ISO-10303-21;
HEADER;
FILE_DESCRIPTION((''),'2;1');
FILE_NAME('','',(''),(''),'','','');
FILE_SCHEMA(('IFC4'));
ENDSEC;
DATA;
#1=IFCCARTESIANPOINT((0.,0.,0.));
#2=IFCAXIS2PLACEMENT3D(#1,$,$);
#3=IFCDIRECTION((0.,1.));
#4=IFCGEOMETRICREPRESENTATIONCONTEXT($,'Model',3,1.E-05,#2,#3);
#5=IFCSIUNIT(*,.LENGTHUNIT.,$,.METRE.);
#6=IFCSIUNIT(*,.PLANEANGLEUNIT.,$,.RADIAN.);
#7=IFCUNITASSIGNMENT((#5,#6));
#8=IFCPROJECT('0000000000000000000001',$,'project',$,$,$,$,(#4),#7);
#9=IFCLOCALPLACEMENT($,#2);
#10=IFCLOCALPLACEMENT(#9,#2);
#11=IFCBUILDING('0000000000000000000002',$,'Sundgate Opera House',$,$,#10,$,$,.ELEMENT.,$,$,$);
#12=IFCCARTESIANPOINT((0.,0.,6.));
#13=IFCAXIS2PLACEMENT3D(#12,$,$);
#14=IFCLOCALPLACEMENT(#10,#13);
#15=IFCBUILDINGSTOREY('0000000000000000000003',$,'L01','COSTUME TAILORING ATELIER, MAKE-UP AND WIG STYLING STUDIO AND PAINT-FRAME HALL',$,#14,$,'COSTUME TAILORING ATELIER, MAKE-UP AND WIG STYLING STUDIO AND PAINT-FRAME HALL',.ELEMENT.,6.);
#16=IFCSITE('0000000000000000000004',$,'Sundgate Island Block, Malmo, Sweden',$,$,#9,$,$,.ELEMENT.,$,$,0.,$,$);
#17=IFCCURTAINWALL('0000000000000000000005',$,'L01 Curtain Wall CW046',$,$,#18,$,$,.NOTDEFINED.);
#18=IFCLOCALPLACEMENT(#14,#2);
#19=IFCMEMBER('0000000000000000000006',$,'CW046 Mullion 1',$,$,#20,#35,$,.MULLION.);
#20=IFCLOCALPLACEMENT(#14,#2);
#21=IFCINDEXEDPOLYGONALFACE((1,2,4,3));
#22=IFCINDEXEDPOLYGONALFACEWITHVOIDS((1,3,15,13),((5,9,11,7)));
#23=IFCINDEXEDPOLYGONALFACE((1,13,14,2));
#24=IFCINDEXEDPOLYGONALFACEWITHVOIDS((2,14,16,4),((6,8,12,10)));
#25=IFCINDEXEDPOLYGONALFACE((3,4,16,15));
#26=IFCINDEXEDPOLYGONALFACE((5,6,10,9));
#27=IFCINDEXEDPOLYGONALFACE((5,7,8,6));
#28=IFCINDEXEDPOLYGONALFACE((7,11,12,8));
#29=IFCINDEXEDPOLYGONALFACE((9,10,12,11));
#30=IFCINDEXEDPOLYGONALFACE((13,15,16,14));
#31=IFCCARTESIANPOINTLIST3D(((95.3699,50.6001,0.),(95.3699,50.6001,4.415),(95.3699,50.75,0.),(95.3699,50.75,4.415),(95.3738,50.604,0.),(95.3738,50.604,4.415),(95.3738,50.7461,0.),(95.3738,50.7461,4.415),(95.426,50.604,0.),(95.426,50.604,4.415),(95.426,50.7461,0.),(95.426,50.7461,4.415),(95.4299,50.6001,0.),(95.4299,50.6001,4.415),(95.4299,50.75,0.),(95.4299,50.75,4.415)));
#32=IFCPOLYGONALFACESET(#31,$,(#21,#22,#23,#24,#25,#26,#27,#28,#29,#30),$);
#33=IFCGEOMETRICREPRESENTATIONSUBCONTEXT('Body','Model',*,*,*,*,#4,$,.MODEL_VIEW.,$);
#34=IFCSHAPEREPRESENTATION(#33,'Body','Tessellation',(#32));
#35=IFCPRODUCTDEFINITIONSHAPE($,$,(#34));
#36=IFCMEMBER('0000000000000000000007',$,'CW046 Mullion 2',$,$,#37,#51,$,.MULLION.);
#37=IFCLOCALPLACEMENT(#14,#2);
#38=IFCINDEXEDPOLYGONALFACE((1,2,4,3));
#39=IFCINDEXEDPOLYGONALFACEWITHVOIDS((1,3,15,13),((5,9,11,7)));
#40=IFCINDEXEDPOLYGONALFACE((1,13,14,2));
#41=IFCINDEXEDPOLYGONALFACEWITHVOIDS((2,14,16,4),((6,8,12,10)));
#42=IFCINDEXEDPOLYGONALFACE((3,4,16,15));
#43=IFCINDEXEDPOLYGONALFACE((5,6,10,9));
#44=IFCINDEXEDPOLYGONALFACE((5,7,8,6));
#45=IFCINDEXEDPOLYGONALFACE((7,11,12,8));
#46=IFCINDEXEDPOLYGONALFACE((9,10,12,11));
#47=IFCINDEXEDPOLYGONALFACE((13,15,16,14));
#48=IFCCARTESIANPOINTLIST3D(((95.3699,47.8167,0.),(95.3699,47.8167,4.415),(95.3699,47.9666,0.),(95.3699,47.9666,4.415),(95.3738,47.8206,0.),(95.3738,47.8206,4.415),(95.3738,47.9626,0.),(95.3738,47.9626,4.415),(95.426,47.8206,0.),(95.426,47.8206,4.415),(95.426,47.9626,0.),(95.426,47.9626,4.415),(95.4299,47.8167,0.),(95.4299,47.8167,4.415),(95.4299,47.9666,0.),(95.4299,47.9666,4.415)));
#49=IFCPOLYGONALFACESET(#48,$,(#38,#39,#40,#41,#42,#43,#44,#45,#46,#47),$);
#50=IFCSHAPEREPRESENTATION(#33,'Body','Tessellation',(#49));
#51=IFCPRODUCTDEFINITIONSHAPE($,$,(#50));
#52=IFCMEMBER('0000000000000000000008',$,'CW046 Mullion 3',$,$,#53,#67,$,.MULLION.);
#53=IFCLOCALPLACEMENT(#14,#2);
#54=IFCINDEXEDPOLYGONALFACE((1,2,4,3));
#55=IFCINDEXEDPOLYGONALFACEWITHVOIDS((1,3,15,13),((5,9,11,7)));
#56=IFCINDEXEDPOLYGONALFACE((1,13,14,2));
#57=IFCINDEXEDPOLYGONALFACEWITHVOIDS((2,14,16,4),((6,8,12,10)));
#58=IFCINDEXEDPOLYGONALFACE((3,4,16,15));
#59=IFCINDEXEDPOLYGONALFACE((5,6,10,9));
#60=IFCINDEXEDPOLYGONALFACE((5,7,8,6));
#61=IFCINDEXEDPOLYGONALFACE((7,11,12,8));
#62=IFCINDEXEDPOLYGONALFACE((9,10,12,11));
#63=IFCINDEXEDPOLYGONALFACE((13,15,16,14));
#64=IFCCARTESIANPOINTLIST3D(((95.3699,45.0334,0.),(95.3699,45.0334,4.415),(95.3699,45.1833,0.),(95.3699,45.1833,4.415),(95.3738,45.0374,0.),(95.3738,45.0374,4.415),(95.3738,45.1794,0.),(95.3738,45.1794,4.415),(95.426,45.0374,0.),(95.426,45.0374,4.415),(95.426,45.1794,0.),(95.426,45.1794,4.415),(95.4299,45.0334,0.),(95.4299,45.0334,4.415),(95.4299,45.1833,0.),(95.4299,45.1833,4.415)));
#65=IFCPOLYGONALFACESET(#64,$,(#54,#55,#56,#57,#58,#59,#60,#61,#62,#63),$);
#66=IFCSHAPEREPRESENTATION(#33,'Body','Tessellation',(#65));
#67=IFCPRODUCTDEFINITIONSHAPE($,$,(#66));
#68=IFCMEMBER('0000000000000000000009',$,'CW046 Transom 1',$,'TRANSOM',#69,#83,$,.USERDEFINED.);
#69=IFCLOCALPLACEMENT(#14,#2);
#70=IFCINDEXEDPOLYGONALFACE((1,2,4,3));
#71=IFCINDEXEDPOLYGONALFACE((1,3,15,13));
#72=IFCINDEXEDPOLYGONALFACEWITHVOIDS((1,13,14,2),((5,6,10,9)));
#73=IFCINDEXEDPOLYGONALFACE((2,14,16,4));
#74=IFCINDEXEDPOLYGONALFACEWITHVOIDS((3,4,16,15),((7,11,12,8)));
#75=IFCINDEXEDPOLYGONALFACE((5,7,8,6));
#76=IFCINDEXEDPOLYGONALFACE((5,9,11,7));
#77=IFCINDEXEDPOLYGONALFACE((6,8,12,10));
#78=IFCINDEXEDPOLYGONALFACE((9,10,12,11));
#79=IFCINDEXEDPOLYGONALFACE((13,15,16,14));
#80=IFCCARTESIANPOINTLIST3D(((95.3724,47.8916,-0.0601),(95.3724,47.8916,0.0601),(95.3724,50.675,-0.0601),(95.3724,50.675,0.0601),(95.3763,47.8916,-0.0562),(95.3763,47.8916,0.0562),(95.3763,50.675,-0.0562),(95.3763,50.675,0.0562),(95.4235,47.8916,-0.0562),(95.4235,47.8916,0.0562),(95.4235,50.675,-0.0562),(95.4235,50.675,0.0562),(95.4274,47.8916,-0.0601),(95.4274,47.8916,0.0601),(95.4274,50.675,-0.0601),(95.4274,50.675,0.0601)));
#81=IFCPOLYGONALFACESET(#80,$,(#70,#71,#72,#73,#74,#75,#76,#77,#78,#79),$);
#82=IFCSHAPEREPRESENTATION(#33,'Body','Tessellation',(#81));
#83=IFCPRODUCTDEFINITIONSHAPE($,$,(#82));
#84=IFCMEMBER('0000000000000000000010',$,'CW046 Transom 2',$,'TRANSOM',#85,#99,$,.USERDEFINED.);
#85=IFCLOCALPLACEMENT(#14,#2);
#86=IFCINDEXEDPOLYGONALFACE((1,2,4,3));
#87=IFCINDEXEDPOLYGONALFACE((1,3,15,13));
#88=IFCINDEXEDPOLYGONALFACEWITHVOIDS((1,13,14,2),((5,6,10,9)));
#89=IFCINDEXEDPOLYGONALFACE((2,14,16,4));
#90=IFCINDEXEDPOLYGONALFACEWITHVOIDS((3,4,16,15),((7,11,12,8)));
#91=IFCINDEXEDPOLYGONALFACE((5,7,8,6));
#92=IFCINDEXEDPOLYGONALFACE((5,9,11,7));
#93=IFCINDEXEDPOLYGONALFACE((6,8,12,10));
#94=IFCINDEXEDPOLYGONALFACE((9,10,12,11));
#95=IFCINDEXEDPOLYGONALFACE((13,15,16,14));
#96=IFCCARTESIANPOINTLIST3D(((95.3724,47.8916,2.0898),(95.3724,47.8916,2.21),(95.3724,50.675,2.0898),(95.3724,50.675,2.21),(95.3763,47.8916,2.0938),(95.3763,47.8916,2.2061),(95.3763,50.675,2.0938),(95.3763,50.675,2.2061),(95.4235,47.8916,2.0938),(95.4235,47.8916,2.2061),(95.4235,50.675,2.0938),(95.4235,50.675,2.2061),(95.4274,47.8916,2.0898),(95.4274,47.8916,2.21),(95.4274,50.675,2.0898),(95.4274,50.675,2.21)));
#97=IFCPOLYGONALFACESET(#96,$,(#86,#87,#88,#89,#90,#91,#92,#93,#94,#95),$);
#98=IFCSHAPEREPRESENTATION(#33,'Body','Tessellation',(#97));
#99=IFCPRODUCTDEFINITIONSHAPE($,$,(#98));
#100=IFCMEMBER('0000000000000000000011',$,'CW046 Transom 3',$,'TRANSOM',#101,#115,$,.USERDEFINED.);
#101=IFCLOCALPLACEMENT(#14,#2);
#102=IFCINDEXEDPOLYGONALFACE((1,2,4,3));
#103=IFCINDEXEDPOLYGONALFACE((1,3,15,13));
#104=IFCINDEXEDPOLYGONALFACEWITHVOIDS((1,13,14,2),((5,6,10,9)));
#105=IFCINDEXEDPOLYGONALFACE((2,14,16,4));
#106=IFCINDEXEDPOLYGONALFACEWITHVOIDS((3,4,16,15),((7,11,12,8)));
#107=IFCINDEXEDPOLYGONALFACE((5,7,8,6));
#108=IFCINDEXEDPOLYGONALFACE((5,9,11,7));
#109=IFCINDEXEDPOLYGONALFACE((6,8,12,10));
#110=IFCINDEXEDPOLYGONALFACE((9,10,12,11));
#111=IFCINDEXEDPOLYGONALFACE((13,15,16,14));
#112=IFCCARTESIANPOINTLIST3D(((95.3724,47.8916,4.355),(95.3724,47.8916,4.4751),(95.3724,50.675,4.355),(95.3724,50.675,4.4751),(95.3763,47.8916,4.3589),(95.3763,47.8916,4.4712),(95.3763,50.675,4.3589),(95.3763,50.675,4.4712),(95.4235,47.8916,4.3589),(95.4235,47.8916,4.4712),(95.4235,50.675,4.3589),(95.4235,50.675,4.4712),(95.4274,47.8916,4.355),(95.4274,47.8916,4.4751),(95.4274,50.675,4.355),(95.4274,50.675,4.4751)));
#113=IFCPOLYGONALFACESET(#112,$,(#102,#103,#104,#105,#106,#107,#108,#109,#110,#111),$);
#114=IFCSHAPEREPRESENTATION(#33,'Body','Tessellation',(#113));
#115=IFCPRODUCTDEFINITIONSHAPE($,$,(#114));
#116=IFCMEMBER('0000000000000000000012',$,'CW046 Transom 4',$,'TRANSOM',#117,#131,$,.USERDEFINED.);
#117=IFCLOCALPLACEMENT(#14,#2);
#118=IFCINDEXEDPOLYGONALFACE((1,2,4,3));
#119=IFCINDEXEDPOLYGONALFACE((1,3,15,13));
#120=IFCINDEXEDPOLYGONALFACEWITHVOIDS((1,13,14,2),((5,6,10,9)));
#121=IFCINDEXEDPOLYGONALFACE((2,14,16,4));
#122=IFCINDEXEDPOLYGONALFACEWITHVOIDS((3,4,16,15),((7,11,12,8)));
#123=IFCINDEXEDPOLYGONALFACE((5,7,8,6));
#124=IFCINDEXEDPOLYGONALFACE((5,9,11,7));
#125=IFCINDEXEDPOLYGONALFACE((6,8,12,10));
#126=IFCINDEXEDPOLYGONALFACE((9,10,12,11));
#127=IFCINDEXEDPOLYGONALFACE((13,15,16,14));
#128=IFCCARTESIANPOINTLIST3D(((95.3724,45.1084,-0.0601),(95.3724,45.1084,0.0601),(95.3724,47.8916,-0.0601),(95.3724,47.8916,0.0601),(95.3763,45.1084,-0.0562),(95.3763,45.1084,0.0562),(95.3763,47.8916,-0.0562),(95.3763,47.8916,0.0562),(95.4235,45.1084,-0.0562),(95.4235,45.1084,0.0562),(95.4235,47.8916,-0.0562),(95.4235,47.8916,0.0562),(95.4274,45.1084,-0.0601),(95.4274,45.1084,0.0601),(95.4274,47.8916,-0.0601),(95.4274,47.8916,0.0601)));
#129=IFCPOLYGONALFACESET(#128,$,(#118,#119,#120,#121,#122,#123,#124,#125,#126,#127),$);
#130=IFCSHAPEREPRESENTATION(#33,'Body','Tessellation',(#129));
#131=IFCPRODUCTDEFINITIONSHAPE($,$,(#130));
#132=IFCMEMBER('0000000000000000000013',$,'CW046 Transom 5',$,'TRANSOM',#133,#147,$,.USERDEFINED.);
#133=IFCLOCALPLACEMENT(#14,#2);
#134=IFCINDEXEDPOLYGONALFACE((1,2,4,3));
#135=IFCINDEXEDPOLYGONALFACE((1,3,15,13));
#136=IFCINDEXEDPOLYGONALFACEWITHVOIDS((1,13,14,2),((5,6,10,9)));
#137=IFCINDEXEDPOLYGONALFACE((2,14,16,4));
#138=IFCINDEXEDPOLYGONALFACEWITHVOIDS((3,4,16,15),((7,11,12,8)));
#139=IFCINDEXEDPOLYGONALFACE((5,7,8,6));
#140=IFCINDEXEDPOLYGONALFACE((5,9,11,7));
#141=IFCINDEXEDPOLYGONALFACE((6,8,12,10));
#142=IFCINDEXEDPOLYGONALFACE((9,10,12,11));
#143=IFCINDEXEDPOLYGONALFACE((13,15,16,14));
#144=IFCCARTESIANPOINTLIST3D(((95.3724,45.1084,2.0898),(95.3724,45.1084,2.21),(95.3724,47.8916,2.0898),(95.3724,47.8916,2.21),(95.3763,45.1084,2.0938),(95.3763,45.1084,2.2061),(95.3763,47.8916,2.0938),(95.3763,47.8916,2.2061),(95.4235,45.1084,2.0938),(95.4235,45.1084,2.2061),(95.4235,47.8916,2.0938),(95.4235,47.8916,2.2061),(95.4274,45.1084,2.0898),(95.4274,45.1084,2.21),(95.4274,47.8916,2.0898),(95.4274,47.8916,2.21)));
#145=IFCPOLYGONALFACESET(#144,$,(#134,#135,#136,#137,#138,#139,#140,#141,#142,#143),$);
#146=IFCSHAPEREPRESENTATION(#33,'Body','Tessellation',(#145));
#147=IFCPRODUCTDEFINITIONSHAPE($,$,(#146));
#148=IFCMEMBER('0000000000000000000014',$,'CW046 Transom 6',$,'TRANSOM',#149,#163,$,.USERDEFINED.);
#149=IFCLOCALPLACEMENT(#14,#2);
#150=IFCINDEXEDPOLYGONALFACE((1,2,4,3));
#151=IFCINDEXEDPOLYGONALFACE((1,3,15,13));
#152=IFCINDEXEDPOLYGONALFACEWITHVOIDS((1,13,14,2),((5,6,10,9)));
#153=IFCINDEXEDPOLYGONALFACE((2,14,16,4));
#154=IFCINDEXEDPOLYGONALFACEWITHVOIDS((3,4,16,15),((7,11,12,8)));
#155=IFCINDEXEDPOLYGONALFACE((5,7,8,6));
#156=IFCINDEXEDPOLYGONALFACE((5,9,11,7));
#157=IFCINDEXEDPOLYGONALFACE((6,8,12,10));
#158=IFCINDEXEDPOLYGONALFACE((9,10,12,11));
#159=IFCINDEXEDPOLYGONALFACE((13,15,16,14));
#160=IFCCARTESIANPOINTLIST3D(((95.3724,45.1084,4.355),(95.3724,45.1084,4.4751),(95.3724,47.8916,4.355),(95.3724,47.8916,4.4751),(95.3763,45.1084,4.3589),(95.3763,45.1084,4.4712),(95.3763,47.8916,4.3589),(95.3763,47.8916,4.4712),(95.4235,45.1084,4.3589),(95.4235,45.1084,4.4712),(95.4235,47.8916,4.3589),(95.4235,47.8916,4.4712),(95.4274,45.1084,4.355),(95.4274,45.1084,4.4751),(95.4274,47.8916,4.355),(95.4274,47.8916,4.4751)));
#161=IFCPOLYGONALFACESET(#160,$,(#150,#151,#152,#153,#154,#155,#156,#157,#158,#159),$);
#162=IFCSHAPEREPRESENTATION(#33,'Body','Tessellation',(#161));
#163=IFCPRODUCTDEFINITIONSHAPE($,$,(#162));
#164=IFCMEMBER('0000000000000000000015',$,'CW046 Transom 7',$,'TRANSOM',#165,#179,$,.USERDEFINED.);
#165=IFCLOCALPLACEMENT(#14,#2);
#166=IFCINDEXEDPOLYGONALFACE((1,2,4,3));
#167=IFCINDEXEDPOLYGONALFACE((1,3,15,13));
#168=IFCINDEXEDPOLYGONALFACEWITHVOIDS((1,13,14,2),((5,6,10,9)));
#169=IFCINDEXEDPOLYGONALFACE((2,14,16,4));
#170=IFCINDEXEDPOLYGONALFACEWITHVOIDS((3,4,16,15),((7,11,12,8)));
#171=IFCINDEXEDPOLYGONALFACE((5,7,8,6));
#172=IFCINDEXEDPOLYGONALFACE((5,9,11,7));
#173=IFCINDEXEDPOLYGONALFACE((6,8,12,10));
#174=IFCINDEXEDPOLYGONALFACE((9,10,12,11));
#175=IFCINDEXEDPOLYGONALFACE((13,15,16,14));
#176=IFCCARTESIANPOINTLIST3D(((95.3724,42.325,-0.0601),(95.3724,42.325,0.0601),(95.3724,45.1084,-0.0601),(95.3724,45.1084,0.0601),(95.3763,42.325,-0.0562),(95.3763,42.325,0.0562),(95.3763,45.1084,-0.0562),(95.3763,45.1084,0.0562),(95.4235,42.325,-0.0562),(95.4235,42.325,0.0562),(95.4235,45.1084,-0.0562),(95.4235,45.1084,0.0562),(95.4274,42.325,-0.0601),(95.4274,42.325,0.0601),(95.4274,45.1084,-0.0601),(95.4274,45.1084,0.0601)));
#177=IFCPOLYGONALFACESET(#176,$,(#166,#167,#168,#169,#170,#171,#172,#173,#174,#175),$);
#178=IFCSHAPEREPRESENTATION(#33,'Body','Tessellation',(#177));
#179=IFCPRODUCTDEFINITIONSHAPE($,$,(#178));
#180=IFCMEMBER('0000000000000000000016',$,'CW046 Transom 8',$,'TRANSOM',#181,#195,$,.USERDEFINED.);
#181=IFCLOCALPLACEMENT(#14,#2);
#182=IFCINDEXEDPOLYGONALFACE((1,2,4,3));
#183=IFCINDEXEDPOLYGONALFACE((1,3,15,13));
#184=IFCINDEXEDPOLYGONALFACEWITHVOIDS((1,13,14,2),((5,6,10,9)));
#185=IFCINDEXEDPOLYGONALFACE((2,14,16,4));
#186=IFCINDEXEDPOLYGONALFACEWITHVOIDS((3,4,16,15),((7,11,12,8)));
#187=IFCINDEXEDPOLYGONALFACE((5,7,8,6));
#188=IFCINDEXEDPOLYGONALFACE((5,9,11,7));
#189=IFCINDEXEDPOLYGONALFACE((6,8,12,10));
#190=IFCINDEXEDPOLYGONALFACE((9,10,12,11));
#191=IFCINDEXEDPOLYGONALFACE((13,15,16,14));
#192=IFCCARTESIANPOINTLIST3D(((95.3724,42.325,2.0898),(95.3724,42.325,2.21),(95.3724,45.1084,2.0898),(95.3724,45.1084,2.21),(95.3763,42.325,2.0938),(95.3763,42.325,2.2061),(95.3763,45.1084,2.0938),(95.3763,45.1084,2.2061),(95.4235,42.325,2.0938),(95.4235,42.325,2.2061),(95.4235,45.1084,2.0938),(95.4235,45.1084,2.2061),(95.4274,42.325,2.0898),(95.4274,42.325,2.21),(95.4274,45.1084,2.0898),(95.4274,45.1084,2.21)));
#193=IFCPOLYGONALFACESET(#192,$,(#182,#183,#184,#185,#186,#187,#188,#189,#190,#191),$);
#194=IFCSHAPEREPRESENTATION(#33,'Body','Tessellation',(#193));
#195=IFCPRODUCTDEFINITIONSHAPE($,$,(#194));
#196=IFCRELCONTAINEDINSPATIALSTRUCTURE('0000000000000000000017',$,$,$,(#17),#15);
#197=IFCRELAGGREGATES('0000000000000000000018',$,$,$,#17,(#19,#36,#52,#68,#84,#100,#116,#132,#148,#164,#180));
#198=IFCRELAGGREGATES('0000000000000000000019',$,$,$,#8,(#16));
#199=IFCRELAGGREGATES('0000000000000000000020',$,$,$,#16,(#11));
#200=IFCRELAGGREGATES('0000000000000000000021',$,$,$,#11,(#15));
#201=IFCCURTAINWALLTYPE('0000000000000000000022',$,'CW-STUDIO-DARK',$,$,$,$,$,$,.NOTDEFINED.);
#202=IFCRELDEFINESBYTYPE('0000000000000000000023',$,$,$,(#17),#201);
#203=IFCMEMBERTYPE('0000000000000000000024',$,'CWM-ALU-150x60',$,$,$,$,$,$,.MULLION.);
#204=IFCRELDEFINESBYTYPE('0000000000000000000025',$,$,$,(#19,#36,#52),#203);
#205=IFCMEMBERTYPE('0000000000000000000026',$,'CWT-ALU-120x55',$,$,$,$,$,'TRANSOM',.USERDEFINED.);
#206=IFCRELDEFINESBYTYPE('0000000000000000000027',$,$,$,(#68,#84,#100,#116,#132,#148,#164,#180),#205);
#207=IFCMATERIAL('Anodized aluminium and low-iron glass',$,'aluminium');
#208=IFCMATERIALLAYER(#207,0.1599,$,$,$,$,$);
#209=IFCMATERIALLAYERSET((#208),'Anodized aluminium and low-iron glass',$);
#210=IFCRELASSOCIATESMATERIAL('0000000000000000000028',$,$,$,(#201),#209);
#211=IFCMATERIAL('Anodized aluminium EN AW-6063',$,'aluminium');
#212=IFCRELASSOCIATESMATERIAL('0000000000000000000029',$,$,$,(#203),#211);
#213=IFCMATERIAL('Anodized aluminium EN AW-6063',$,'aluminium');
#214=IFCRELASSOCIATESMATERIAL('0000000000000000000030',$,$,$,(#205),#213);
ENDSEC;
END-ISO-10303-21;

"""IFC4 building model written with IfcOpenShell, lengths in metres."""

from ifc_helpers import new_model, si_unit, direction, frame, origin, origin_2d, place, context, subcontext, project, spatial, hollow_rectangle, extrude, material, layer, layer_set, material_profile, profile_set, type_object, element, aggregate, save


model = new_model("IFC4")

# Units and contexts
model_context = context("Model", 3, precision=1e-05, world=origin(), true_north=direction((0.0, 1.0)))
body_context = subcontext(model_context, "Body", "Model", "MODEL_VIEW")
ifc_project = project(units=[si_unit("LENGTHUNIT", "METRE"), si_unit("PLANEANGLEUNIT", "RADIAN")], contexts=[model_context])

# Site, building, storey
site_placement = place(None, origin())
site = spatial("IfcSite", under=ifc_project, at=site_placement, Name="Sundgate Island Block, Malmo, Sweden", CompositionType="ELEMENT", RefElevation=0.0)
building_placement = place(site_placement, origin())
building = spatial("IfcBuilding", under=site, at=building_placement, Name="Sundgate Opera House", CompositionType="ELEMENT")
storey_placement = place(building_placement, frame((0.0, 0.0, 6.0)))
storey = spatial("IfcBuildingStorey", under=building, at=storey_placement, Name="L01", Description="COSTUME TAILORING ATELIER, MAKE-UP AND WIG STYLING STUDIO AND PAINT-FRAME HALL", LongName="COSTUME TAILORING ATELIER, MAKE-UP AND WIG STYLING STUDIO AND PAINT-FRAME HALL", CompositionType="ELEMENT", Elevation=6.0)

# Curtain wall, members
ifc_material_1 = material(Name="Anodized aluminium and low-iron glass", Category="aluminium")
ifc_layer_1 = layer(ifc_material_1, 0.1599)
ifc_layer_set_1 = layer_set([ifc_layer_1], Name="Anodized aluminium and low-iron glass")
curtain_wall_type = type_object("IfcCurtainWallType", Name="CW-STUDIO-DARK", PredefinedType="NOTDEFINED", material=ifc_layer_set_1)
curtain_wall_placement = place(storey_placement, origin())
curtain_wall = element("IfcCurtainWall", 1, at=curtain_wall_placement, inside=storey, type_object=curtain_wall_type, Name="L01 Curtain Wall CW046", PredefinedType="NOTDEFINED")
ifc_material_2 = material(Name="Anodized aluminium EN AW-6063", Category="aluminium")
ifc_material_profile_1 = material_profile(ifc_material_2, hollow_rectangle(XDim=0.0601, YDim=0.1499, WallThickness=0.0039, at=origin_2d()), Name="CWM 150x60x4")
ifc_profile_set_1 = profile_set([ifc_material_profile_1], Name="Anodized aluminium EN AW-6063")
member_type_1 = type_object("IfcMemberType", Name="CWM-ALU-150x60", PredefinedType="MULLION", material=ifc_profile_set_1)
member_1_placement = place(storey_placement, frame((95.3999, 50.675, 0.0), z_axis=(0.0, 0.0, 1.0), x_axis=(1.0, 0.0, 0.0)))
member_1 = element("IfcMember", 2, at=member_1_placement, type_object=member_type_1, Name="CW046 Mullion 1", PredefinedType="MULLION", context=body_context, shape_type="SweptSolid", body=[
    extrude(hollow_rectangle(XDim=0.0601, YDim=0.1499, WallThickness=0.0039, at=origin_2d()), origin(), (0.0, 0.0, 1.0), 4.415),
])
member_2_placement = place(storey_placement, frame((95.3999, 47.8916, 0.0), z_axis=(0.0, 0.0, 1.0), x_axis=(1.0, 0.0, 0.0)))
member_2 = element("IfcMember", 3, at=member_2_placement, type_object=member_type_1, Name="CW046 Mullion 2", PredefinedType="MULLION", context=body_context, shape_type="SweptSolid", body=[
    extrude(hollow_rectangle(XDim=0.0601, YDim=0.1499, WallThickness=0.0039, at=origin_2d()), origin(), (0.0, 0.0, 1.0), 4.415),
])
member_3_placement = place(storey_placement, frame((95.3999, 45.1084, 0.0), z_axis=(0.0, 0.0, 1.0), x_axis=(1.0, 0.0, 0.0)))
member_3 = element("IfcMember", 4, at=member_3_placement, type_object=member_type_1, Name="CW046 Mullion 3", PredefinedType="MULLION", context=body_context, shape_type="SweptSolid", body=[
    extrude(hollow_rectangle(XDim=0.0601, YDim=0.1499, WallThickness=0.0039, at=origin_2d()), origin(), (0.0, 0.0, 1.0), 4.415),
])
ifc_material_3 = material(Name="Anodized aluminium EN AW-6063", Category="aluminium")
ifc_material_profile_2 = material_profile(ifc_material_3, hollow_rectangle(XDim=0.0549, YDim=0.1201, WallThickness=0.0039, at=origin_2d()), Name="CWT 120x55x4")
ifc_profile_set_2 = profile_set([ifc_material_profile_2], Name="Anodized aluminium EN AW-6063")
member_type_2 = type_object("IfcMemberType", Name="CWT-ALU-120x55", ElementType="TRANSOM", PredefinedType="USERDEFINED", material=ifc_profile_set_2)
member_4_placement = place(storey_placement, frame((95.3999, 50.675, 0.0), z_axis=(0.0, -1.0, 0.0), x_axis=(1.0, 0.0, 0.0)))
member_4 = element("IfcMember", 5, at=member_4_placement, type_object=member_type_2, Name="CW046 Transom 1", ObjectType="TRANSOM", PredefinedType="USERDEFINED", context=body_context, shape_type="SweptSolid", body=[
    extrude(hollow_rectangle(XDim=0.0549, YDim=0.1201, WallThickness=0.0039, at=origin_2d()), origin(), (0.0, 0.0, 1.0), 2.7834),
])
member_5_placement = place(storey_placement, frame((95.3999, 50.675, 2.1499), z_axis=(0.0, -1.0, 0.0), x_axis=(1.0, 0.0, 0.0)))
member_5 = element("IfcMember", 6, at=member_5_placement, type_object=member_type_2, Name="CW046 Transom 2", ObjectType="TRANSOM", PredefinedType="USERDEFINED", context=body_context, shape_type="SweptSolid", body=[
    extrude(hollow_rectangle(XDim=0.0549, YDim=0.1201, WallThickness=0.0039, at=origin_2d()), origin(), (0.0, 0.0, 1.0), 2.7834),
])
member_6_placement = place(storey_placement, frame((95.3999, 50.675, 4.415), z_axis=(0.0, -1.0, 0.0), x_axis=(1.0, 0.0, 0.0)))
member_6 = element("IfcMember", 7, at=member_6_placement, type_object=member_type_2, Name="CW046 Transom 3", ObjectType="TRANSOM", PredefinedType="USERDEFINED", context=body_context, shape_type="SweptSolid", body=[
    extrude(hollow_rectangle(XDim=0.0549, YDim=0.1201, WallThickness=0.0039, at=origin_2d()), origin(), (0.0, 0.0, 1.0), 2.7834),
])
member_7_placement = place(storey_placement, frame((95.3999, 47.8916, 0.0), z_axis=(0.0, -1.0, 0.0), x_axis=(1.0, 0.0, 0.0)))
member_7 = element("IfcMember", 8, at=member_7_placement, type_object=member_type_2, Name="CW046 Transom 4", ObjectType="TRANSOM", PredefinedType="USERDEFINED", context=body_context, shape_type="SweptSolid", body=[
    extrude(hollow_rectangle(XDim=0.0549, YDim=0.1201, WallThickness=0.0039, at=origin_2d()), origin(), (0.0, 0.0, 1.0), 2.7832),
])
member_8_placement = place(storey_placement, frame((95.3999, 47.8916, 2.1499), z_axis=(0.0, -1.0, 0.0), x_axis=(1.0, 0.0, 0.0)))
member_8 = element("IfcMember", 9, at=member_8_placement, type_object=member_type_2, Name="CW046 Transom 5", ObjectType="TRANSOM", PredefinedType="USERDEFINED", context=body_context, shape_type="SweptSolid", body=[
    extrude(hollow_rectangle(XDim=0.0549, YDim=0.1201, WallThickness=0.0039, at=origin_2d()), origin(), (0.0, 0.0, 1.0), 2.7832),
])
member_9_placement = place(storey_placement, frame((95.3999, 47.8916, 4.415), z_axis=(0.0, -1.0, 0.0), x_axis=(1.0, 0.0, 0.0)))
member_9 = element("IfcMember", 10, at=member_9_placement, type_object=member_type_2, Name="CW046 Transom 6", ObjectType="TRANSOM", PredefinedType="USERDEFINED", context=body_context, shape_type="SweptSolid", body=[
    extrude(hollow_rectangle(XDim=0.0549, YDim=0.1201, WallThickness=0.0039, at=origin_2d()), origin(), (0.0, 0.0, 1.0), 2.7832),
])
member_10_placement = place(storey_placement, frame((95.3999, 45.1084, 0.0), z_axis=(0.0, -1.0, 0.0), x_axis=(1.0, 0.0, 0.0)))
member_10 = element("IfcMember", 11, at=member_10_placement, type_object=member_type_2, Name="CW046 Transom 7", ObjectType="TRANSOM", PredefinedType="USERDEFINED", context=body_context, shape_type="SweptSolid", body=[
    extrude(hollow_rectangle(XDim=0.0549, YDim=0.1201, WallThickness=0.0039, at=origin_2d()), origin(), (0.0, 0.0, 1.0), 2.7834),
])
member_11_placement = place(storey_placement, frame((95.3999, 45.1084, 2.1499), z_axis=(0.0, -1.0, 0.0), x_axis=(1.0, 0.0, 0.0)))
member_11 = element("IfcMember", 12, at=member_11_placement, type_object=member_type_2, Name="CW046 Transom 8", ObjectType="TRANSOM", PredefinedType="USERDEFINED", context=body_context, shape_type="SweptSolid", body=[
    extrude(hollow_rectangle(XDim=0.0549, YDim=0.1201, WallThickness=0.0039, at=origin_2d()), origin(), (0.0, 0.0, 1.0), 2.7834),
])

aggregate(curtain_wall, [member_1, member_2, member_3, member_4, member_5, member_6, member_7, member_8, member_9, member_10, member_11])

save(model, "model.ifc")
